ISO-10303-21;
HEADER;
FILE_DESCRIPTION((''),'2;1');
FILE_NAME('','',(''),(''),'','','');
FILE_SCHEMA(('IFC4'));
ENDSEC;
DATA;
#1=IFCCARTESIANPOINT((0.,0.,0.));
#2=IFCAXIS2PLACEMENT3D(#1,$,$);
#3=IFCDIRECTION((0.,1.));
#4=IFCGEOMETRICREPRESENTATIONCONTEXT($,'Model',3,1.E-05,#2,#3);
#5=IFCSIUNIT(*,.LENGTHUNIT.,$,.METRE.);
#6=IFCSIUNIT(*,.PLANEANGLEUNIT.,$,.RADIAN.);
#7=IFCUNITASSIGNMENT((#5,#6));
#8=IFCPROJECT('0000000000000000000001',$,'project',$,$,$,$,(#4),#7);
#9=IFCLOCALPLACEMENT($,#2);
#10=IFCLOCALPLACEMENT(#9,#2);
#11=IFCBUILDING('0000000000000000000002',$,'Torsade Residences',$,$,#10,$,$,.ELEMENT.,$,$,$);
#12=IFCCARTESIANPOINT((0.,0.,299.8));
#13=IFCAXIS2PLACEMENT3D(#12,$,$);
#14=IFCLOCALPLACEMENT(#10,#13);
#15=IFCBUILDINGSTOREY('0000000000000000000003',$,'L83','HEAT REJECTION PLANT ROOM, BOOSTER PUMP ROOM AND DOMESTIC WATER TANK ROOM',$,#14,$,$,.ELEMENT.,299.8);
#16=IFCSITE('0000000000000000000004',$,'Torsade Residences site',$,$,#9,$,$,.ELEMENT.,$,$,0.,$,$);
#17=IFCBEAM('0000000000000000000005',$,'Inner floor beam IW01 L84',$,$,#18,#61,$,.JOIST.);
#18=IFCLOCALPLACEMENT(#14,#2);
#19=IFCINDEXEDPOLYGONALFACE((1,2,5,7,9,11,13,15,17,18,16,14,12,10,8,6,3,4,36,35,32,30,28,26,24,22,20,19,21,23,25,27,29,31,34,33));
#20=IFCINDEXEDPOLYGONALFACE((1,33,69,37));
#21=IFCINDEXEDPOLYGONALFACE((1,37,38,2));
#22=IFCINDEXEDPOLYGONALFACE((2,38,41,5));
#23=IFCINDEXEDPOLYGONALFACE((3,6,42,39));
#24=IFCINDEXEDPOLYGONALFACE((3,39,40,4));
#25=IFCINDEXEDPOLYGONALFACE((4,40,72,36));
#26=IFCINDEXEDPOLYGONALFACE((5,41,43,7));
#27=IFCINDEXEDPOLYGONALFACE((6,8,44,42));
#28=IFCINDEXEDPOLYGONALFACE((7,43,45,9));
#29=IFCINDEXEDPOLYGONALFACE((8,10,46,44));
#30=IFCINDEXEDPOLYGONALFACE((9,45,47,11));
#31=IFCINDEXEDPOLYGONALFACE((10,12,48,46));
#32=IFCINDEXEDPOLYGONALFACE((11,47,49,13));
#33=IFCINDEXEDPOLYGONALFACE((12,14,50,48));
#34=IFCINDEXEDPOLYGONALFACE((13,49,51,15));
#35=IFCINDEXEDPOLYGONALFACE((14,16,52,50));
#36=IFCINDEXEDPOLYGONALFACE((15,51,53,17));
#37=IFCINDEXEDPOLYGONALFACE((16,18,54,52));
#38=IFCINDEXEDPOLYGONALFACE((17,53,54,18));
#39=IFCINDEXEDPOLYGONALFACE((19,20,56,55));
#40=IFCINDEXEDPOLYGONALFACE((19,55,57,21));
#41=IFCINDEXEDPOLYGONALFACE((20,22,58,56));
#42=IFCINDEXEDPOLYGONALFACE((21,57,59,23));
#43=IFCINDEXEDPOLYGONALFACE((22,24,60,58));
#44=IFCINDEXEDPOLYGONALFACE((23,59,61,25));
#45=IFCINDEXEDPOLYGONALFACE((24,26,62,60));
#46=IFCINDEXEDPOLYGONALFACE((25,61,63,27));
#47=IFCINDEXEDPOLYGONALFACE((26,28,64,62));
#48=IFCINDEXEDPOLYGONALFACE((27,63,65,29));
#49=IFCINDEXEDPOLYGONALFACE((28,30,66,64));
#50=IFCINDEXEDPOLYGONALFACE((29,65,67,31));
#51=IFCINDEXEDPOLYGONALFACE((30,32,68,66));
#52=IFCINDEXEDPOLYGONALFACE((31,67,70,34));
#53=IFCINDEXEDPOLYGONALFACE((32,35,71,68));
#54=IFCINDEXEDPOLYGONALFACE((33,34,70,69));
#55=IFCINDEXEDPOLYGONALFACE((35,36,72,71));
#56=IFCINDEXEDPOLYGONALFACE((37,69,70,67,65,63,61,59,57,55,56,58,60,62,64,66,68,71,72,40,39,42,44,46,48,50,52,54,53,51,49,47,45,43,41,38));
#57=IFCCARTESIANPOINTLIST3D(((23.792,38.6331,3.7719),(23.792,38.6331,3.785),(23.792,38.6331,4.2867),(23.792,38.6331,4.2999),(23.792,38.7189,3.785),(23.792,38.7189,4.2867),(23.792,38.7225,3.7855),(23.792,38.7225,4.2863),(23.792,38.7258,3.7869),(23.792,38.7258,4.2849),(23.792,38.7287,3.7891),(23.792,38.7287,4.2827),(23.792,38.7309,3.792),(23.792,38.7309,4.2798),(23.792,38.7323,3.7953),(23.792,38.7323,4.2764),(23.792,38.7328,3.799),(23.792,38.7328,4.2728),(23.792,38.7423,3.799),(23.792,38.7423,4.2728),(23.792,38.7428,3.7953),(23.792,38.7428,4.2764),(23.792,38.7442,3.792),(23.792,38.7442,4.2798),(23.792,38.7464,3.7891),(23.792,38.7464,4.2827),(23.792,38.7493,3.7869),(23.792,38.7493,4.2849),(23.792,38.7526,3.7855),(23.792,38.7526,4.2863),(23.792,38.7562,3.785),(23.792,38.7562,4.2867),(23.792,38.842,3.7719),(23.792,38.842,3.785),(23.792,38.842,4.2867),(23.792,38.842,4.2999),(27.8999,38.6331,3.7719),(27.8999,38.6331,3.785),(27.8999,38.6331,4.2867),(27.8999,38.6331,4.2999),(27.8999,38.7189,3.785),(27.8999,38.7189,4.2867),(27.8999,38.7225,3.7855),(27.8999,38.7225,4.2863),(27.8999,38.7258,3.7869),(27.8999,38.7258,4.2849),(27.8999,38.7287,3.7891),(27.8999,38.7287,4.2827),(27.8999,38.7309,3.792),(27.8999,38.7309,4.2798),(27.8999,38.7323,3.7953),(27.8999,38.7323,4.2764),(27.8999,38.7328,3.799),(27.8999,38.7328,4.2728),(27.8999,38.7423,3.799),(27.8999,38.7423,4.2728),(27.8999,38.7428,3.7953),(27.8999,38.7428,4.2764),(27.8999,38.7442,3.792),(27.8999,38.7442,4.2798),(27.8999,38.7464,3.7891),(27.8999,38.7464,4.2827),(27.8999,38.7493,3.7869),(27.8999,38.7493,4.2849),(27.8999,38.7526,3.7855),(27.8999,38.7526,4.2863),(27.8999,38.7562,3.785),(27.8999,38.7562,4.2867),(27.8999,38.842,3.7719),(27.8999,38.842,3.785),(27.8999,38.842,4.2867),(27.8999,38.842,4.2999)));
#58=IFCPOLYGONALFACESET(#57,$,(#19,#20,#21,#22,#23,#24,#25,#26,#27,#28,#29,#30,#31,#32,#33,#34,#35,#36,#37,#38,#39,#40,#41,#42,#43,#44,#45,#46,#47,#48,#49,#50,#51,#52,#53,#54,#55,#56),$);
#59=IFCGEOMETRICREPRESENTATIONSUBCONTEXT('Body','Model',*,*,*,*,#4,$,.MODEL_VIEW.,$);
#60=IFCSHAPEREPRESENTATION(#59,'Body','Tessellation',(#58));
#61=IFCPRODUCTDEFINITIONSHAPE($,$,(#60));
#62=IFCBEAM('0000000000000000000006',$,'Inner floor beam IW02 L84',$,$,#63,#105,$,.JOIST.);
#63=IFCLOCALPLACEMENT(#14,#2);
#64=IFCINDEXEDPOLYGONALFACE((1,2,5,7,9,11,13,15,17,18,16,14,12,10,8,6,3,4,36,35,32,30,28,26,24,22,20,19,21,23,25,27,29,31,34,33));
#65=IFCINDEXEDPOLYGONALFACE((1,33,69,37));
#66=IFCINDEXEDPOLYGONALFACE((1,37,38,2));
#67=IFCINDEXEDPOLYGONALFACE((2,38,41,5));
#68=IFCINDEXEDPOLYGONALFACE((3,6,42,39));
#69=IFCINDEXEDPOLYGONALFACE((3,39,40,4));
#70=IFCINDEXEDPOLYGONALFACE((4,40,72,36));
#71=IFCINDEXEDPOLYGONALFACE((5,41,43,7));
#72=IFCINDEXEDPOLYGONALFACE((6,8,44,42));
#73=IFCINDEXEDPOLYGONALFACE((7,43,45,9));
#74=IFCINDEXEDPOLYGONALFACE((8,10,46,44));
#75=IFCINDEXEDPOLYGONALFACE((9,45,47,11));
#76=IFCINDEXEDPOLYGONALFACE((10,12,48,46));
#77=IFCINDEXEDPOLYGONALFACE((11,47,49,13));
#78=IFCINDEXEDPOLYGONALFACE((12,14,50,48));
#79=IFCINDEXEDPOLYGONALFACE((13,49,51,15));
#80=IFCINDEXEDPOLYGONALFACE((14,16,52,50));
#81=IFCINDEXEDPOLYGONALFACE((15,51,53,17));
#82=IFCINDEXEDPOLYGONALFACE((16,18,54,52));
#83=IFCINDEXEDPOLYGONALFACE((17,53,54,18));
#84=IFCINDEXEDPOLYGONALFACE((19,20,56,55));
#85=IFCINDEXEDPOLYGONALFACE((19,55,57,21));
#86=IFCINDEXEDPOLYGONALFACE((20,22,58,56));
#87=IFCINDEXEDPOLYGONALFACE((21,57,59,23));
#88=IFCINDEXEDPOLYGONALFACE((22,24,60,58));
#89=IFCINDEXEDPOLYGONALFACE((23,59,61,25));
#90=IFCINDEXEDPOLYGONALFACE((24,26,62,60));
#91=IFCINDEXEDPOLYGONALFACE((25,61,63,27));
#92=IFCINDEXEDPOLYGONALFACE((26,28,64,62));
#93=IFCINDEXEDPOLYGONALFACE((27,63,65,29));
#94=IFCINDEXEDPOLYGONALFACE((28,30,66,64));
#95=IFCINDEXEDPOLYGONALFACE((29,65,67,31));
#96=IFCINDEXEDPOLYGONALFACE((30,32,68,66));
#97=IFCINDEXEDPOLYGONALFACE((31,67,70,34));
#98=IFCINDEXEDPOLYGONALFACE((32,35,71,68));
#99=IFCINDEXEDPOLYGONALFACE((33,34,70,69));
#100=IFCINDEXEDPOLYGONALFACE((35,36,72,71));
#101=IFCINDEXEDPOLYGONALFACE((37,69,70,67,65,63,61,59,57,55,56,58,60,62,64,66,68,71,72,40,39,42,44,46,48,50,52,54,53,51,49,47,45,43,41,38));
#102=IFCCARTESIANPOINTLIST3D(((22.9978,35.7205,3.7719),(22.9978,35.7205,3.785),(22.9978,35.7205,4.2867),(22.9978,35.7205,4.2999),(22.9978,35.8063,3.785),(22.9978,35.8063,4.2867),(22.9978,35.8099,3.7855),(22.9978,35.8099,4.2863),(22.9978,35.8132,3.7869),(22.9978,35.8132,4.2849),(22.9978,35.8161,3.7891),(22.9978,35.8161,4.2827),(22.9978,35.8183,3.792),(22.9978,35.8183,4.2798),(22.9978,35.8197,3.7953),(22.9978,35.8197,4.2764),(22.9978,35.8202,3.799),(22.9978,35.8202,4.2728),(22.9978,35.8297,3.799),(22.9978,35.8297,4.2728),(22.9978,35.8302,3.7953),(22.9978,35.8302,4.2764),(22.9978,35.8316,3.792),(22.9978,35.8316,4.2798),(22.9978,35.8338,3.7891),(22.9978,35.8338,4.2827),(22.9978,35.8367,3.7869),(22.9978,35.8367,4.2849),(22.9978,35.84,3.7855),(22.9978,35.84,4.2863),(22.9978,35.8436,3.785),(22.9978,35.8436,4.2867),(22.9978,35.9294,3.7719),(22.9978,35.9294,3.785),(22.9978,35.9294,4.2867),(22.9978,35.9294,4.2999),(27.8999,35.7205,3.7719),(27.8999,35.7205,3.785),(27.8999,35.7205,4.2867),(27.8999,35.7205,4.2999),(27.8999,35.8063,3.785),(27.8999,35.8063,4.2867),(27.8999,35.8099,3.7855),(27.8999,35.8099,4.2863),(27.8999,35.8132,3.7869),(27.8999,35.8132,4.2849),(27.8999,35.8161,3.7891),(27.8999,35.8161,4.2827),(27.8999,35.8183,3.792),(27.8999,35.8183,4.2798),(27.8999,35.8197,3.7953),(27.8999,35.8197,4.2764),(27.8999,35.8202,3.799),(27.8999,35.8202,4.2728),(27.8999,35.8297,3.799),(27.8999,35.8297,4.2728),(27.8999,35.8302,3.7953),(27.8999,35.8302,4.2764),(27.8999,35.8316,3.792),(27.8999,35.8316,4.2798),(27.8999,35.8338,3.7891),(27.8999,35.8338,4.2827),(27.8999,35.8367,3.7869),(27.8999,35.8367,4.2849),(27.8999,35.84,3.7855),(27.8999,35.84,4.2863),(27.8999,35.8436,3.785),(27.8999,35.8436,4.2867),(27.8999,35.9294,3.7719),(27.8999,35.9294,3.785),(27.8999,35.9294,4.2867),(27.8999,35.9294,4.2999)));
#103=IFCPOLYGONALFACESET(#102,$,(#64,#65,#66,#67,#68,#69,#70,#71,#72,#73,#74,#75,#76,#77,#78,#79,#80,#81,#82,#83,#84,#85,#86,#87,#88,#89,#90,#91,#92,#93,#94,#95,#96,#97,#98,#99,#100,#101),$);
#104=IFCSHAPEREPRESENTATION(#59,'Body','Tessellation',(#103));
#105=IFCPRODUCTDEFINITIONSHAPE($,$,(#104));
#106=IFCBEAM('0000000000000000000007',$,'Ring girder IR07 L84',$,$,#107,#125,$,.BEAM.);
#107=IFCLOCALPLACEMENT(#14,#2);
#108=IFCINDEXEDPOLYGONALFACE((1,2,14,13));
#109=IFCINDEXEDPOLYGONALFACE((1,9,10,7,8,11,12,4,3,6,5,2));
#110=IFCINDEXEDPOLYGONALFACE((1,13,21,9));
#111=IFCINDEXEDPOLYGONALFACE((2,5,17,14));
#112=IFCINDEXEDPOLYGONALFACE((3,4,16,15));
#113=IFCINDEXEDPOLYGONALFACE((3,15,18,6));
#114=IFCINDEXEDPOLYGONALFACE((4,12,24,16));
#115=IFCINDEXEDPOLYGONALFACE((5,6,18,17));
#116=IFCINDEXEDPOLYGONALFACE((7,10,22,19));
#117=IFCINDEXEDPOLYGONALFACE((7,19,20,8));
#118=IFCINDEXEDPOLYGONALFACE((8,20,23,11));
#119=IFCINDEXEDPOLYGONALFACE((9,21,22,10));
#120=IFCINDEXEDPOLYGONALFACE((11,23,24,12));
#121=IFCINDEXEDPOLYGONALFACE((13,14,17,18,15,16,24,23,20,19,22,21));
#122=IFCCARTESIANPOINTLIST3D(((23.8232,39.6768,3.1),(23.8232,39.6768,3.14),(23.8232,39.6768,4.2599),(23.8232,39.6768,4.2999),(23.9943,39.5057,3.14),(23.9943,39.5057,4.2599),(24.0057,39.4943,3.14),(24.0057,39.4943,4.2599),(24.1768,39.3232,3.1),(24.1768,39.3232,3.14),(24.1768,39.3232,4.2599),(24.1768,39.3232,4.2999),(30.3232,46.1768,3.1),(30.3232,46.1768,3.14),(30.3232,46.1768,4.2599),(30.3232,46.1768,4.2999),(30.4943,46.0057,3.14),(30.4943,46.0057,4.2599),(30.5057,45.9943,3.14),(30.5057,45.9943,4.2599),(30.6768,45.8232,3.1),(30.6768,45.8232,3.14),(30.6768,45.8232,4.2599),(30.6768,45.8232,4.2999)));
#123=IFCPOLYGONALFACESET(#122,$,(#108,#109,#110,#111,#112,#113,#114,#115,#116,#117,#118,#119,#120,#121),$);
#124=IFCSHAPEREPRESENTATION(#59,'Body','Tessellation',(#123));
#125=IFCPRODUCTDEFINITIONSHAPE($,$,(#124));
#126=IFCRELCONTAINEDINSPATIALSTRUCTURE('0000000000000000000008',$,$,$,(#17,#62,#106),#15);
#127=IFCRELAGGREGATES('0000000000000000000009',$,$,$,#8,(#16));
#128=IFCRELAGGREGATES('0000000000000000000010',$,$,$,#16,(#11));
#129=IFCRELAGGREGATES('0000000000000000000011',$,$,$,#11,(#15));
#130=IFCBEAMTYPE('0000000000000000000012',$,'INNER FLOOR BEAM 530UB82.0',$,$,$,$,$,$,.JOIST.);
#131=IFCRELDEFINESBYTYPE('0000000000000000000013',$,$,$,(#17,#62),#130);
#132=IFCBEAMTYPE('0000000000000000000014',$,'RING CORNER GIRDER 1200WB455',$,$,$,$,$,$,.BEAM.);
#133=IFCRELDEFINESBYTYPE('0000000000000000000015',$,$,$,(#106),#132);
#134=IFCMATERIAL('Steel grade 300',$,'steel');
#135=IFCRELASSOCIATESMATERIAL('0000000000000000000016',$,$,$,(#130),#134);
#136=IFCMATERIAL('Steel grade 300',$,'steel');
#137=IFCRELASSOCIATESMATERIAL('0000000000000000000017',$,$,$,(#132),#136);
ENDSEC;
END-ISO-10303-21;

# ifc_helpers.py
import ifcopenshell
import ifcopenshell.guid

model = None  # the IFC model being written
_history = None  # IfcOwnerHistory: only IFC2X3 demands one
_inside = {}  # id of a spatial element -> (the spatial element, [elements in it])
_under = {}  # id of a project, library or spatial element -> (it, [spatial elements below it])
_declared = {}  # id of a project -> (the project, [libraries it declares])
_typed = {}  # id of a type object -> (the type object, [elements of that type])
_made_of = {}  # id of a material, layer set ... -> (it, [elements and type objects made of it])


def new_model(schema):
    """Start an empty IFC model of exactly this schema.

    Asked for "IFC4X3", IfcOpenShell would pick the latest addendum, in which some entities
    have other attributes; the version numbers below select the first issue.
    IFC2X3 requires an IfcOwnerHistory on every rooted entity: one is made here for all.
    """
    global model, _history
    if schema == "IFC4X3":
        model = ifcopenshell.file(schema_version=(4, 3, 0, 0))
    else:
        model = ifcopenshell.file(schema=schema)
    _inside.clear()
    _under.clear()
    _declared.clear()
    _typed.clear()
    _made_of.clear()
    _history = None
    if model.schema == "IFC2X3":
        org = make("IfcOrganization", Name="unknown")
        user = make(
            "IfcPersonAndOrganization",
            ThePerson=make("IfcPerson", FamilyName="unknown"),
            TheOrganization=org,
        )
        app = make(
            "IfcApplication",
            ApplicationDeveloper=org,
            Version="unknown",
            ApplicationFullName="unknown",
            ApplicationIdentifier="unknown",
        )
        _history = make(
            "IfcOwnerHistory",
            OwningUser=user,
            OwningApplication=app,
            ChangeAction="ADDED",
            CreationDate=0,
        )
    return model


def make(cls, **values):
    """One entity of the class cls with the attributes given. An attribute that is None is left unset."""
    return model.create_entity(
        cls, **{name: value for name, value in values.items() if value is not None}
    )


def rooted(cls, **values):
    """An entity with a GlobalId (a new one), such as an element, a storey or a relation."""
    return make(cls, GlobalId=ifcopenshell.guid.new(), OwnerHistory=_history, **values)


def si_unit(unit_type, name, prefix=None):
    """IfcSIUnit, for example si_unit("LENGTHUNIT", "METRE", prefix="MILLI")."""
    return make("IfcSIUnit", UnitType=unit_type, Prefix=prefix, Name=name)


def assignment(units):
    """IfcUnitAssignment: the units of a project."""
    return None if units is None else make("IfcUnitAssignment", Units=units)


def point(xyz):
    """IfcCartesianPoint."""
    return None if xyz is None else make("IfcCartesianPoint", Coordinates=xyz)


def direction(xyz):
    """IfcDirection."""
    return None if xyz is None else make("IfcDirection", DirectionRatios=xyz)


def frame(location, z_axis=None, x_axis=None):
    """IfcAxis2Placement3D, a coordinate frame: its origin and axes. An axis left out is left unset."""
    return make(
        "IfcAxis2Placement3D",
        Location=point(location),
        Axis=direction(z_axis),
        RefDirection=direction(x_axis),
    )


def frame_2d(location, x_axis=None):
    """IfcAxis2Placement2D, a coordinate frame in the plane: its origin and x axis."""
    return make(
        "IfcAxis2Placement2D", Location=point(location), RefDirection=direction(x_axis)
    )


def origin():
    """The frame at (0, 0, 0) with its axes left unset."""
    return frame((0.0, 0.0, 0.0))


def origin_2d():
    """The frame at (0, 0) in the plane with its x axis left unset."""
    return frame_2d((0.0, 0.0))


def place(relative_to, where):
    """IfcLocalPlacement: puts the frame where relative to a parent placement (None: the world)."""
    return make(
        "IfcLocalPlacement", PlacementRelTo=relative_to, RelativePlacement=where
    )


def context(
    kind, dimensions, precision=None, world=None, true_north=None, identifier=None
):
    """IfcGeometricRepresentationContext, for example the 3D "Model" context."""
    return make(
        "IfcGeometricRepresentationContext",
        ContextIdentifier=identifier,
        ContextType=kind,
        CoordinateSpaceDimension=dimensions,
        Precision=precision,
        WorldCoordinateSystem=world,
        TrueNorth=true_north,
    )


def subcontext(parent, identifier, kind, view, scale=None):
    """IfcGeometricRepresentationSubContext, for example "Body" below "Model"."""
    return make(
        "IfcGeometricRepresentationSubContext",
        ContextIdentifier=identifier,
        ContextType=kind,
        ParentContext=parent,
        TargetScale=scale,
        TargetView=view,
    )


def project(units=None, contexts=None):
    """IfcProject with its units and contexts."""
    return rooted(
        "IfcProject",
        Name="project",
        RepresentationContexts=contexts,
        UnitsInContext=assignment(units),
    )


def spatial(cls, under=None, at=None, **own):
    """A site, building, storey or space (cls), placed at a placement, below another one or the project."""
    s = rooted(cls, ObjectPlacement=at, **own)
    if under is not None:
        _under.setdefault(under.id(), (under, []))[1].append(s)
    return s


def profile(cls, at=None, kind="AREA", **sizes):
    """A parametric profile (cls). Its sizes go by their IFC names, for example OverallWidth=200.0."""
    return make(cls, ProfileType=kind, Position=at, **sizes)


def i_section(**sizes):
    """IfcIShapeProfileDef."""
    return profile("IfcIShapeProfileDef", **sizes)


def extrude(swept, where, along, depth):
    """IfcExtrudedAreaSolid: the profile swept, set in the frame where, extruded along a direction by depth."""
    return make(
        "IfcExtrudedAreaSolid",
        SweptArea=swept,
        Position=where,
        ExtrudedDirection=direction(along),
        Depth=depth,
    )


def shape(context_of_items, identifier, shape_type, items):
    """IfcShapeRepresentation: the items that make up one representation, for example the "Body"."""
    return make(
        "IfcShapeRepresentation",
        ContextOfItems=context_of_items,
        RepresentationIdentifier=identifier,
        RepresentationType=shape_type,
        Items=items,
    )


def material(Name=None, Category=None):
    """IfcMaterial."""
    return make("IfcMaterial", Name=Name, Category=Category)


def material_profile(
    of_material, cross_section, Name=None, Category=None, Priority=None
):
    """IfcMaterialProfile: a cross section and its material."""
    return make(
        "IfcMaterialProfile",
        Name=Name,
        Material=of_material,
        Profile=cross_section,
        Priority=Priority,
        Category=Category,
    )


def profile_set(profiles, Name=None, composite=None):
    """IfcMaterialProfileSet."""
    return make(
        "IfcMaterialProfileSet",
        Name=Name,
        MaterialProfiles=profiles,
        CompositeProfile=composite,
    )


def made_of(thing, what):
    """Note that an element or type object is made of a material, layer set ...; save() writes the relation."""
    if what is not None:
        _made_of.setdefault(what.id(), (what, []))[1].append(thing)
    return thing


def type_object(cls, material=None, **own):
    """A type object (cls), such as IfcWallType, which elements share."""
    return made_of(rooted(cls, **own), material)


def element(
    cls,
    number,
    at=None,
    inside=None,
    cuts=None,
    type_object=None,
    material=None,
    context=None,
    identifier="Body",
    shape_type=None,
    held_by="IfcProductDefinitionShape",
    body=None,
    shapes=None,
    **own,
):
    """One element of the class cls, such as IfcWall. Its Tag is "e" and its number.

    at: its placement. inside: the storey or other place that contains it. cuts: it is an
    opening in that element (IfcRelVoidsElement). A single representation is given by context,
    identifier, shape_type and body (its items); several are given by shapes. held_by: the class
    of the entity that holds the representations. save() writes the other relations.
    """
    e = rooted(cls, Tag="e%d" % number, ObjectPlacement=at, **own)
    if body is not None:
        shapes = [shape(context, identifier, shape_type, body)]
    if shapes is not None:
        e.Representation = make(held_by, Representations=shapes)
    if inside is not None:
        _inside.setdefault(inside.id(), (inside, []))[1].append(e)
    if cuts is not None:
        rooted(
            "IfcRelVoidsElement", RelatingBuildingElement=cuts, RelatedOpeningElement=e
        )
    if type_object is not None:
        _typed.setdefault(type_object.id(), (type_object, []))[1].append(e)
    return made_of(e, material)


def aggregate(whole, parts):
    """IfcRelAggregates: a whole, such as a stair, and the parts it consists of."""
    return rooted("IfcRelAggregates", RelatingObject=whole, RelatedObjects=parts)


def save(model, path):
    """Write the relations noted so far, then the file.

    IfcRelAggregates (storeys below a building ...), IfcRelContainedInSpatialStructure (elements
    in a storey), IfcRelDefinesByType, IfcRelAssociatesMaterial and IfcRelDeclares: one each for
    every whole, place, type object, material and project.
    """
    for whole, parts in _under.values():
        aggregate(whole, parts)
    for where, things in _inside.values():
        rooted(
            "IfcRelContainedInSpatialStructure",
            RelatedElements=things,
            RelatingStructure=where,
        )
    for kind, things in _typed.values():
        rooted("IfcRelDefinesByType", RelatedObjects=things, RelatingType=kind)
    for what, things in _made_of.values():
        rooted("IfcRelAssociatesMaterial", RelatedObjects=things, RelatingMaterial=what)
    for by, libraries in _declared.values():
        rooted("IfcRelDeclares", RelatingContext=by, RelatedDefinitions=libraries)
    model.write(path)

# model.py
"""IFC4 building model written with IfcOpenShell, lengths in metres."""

from ifc_helpers import new_model, si_unit, direction, frame, origin, origin_2d, place, context, subcontext, project, spatial, i_section, extrude, material, material_profile, profile_set, type_object, element, save


model = new_model("IFC4")

# Units and contexts
model_context = context("Model", 3, precision=1e-05, world=origin(), true_north=direction((0.0, 1.0)))
body_context = subcontext(model_context, "Body", "Model", "MODEL_VIEW")
ifc_project = project(units=[si_unit("LENGTHUNIT", "METRE"), si_unit("PLANEANGLEUNIT", "RADIAN")], contexts=[model_context])

# Site, building, storey
site_placement = place(None, origin())
site = spatial("IfcSite", under=ifc_project, at=site_placement, Name="Torsade Residences site", CompositionType="ELEMENT", RefElevation=0.0)
building_placement = place(site_placement, origin())
building = spatial("IfcBuilding", under=site, at=building_placement, Name="Torsade Residences", CompositionType="ELEMENT")
storey_placement = place(building_placement, frame((0.0, 0.0, 299.8)))
storey = spatial("IfcBuildingStorey", under=building, at=storey_placement, Name="L83", Description="HEAT REJECTION PLANT ROOM, BOOSTER PUMP ROOM AND DOMESTIC WATER TANK ROOM", CompositionType="ELEMENT", Elevation=299.8)

# Beams
ifc_material_1 = material(Name="Steel grade 300", Category="steel")
ifc_material_profile_1 = material_profile(ifc_material_1, i_section(OverallWidth=0.209, OverallDepth=0.5281, WebThickness=0.0095, FlangeThickness=0.0132, FilletRadius=0.0139, at=origin_2d()), Name="530UB82.0")
ifc_profile_set_1 = profile_set([ifc_material_profile_1], Name="Steel grade 300")
beam_type_1 = type_object("IfcBeamType", Name="INNER FLOOR BEAM 530UB82.0", PredefinedType="JOIST", material=ifc_profile_set_1)
beam_1_placement = place(storey_placement, frame((27.8999, 38.7375, 4.0359), z_axis=(-1.0, 0.0, 0.0), x_axis=(0.0, -1.0, 0.0)))
element("IfcBeam", 1, at=beam_1_placement, inside=storey, type_object=beam_type_1, Name="Inner floor beam IW01 L84", PredefinedType="JOIST", context=body_context, shape_type="SweptSolid", body=[
    extrude(i_section(OverallWidth=0.209, OverallDepth=0.5281, WebThickness=0.0095, FlangeThickness=0.0132, FilletRadius=0.0139, at=origin_2d()), origin(), (0.0, 0.0, 1.0), 4.1079),
])
beam_2_placement = place(storey_placement, frame((27.8999, 35.825, 4.0359), z_axis=(-1.0, 0.0, 0.0), x_axis=(0.0, -1.0, 0.0)))
element("IfcBeam", 2, at=beam_2_placement, inside=storey, type_object=beam_type_1, Name="Inner floor beam IW02 L84", PredefinedType="JOIST", context=body_context, shape_type="SweptSolid", body=[
    extrude(i_section(OverallWidth=0.209, OverallDepth=0.5281, WebThickness=0.0095, FlangeThickness=0.0132, FilletRadius=0.0139, at=origin_2d()), origin(), (0.0, 0.0, 1.0), 4.9021),
])
ifc_material_2 = material(Name="Steel grade 300", Category="steel")
ifc_material_profile_2 = material_profile(ifc_material_2, i_section(OverallWidth=0.5, OverallDepth=1.2, WebThickness=0.0161, FlangeThickness=0.04, at=origin_2d()), Name="1200WB455")
ifc_profile_set_2 = profile_set([ifc_material_profile_2], Name="Steel grade 300")
beam_type_2 = type_object("IfcBeamType", Name="RING CORNER GIRDER 1200WB455", PredefinedType="BEAM", material=ifc_profile_set_2)
beam_3_placement = place(storey_placement, frame((30.5, 46.0, 3.7), z_axis=(-0.707107, -0.707107, 0.0), x_axis=(0.707107, -0.707107, 0.0)))
element("IfcBeam", 3, at=beam_3_placement, inside=storey, type_object=beam_type_2, Name="Ring girder IR07 L84", PredefinedType="BEAM", context=body_context, shape_type="SweptSolid", body=[
    extrude(i_section(OverallWidth=0.5, OverallDepth=1.2, WebThickness=0.0161, FlangeThickness=0.04, at=origin_2d()), origin(), (0.0, 0.0, 1.0), 9.1924),
])

save(model, "model.ifc")
